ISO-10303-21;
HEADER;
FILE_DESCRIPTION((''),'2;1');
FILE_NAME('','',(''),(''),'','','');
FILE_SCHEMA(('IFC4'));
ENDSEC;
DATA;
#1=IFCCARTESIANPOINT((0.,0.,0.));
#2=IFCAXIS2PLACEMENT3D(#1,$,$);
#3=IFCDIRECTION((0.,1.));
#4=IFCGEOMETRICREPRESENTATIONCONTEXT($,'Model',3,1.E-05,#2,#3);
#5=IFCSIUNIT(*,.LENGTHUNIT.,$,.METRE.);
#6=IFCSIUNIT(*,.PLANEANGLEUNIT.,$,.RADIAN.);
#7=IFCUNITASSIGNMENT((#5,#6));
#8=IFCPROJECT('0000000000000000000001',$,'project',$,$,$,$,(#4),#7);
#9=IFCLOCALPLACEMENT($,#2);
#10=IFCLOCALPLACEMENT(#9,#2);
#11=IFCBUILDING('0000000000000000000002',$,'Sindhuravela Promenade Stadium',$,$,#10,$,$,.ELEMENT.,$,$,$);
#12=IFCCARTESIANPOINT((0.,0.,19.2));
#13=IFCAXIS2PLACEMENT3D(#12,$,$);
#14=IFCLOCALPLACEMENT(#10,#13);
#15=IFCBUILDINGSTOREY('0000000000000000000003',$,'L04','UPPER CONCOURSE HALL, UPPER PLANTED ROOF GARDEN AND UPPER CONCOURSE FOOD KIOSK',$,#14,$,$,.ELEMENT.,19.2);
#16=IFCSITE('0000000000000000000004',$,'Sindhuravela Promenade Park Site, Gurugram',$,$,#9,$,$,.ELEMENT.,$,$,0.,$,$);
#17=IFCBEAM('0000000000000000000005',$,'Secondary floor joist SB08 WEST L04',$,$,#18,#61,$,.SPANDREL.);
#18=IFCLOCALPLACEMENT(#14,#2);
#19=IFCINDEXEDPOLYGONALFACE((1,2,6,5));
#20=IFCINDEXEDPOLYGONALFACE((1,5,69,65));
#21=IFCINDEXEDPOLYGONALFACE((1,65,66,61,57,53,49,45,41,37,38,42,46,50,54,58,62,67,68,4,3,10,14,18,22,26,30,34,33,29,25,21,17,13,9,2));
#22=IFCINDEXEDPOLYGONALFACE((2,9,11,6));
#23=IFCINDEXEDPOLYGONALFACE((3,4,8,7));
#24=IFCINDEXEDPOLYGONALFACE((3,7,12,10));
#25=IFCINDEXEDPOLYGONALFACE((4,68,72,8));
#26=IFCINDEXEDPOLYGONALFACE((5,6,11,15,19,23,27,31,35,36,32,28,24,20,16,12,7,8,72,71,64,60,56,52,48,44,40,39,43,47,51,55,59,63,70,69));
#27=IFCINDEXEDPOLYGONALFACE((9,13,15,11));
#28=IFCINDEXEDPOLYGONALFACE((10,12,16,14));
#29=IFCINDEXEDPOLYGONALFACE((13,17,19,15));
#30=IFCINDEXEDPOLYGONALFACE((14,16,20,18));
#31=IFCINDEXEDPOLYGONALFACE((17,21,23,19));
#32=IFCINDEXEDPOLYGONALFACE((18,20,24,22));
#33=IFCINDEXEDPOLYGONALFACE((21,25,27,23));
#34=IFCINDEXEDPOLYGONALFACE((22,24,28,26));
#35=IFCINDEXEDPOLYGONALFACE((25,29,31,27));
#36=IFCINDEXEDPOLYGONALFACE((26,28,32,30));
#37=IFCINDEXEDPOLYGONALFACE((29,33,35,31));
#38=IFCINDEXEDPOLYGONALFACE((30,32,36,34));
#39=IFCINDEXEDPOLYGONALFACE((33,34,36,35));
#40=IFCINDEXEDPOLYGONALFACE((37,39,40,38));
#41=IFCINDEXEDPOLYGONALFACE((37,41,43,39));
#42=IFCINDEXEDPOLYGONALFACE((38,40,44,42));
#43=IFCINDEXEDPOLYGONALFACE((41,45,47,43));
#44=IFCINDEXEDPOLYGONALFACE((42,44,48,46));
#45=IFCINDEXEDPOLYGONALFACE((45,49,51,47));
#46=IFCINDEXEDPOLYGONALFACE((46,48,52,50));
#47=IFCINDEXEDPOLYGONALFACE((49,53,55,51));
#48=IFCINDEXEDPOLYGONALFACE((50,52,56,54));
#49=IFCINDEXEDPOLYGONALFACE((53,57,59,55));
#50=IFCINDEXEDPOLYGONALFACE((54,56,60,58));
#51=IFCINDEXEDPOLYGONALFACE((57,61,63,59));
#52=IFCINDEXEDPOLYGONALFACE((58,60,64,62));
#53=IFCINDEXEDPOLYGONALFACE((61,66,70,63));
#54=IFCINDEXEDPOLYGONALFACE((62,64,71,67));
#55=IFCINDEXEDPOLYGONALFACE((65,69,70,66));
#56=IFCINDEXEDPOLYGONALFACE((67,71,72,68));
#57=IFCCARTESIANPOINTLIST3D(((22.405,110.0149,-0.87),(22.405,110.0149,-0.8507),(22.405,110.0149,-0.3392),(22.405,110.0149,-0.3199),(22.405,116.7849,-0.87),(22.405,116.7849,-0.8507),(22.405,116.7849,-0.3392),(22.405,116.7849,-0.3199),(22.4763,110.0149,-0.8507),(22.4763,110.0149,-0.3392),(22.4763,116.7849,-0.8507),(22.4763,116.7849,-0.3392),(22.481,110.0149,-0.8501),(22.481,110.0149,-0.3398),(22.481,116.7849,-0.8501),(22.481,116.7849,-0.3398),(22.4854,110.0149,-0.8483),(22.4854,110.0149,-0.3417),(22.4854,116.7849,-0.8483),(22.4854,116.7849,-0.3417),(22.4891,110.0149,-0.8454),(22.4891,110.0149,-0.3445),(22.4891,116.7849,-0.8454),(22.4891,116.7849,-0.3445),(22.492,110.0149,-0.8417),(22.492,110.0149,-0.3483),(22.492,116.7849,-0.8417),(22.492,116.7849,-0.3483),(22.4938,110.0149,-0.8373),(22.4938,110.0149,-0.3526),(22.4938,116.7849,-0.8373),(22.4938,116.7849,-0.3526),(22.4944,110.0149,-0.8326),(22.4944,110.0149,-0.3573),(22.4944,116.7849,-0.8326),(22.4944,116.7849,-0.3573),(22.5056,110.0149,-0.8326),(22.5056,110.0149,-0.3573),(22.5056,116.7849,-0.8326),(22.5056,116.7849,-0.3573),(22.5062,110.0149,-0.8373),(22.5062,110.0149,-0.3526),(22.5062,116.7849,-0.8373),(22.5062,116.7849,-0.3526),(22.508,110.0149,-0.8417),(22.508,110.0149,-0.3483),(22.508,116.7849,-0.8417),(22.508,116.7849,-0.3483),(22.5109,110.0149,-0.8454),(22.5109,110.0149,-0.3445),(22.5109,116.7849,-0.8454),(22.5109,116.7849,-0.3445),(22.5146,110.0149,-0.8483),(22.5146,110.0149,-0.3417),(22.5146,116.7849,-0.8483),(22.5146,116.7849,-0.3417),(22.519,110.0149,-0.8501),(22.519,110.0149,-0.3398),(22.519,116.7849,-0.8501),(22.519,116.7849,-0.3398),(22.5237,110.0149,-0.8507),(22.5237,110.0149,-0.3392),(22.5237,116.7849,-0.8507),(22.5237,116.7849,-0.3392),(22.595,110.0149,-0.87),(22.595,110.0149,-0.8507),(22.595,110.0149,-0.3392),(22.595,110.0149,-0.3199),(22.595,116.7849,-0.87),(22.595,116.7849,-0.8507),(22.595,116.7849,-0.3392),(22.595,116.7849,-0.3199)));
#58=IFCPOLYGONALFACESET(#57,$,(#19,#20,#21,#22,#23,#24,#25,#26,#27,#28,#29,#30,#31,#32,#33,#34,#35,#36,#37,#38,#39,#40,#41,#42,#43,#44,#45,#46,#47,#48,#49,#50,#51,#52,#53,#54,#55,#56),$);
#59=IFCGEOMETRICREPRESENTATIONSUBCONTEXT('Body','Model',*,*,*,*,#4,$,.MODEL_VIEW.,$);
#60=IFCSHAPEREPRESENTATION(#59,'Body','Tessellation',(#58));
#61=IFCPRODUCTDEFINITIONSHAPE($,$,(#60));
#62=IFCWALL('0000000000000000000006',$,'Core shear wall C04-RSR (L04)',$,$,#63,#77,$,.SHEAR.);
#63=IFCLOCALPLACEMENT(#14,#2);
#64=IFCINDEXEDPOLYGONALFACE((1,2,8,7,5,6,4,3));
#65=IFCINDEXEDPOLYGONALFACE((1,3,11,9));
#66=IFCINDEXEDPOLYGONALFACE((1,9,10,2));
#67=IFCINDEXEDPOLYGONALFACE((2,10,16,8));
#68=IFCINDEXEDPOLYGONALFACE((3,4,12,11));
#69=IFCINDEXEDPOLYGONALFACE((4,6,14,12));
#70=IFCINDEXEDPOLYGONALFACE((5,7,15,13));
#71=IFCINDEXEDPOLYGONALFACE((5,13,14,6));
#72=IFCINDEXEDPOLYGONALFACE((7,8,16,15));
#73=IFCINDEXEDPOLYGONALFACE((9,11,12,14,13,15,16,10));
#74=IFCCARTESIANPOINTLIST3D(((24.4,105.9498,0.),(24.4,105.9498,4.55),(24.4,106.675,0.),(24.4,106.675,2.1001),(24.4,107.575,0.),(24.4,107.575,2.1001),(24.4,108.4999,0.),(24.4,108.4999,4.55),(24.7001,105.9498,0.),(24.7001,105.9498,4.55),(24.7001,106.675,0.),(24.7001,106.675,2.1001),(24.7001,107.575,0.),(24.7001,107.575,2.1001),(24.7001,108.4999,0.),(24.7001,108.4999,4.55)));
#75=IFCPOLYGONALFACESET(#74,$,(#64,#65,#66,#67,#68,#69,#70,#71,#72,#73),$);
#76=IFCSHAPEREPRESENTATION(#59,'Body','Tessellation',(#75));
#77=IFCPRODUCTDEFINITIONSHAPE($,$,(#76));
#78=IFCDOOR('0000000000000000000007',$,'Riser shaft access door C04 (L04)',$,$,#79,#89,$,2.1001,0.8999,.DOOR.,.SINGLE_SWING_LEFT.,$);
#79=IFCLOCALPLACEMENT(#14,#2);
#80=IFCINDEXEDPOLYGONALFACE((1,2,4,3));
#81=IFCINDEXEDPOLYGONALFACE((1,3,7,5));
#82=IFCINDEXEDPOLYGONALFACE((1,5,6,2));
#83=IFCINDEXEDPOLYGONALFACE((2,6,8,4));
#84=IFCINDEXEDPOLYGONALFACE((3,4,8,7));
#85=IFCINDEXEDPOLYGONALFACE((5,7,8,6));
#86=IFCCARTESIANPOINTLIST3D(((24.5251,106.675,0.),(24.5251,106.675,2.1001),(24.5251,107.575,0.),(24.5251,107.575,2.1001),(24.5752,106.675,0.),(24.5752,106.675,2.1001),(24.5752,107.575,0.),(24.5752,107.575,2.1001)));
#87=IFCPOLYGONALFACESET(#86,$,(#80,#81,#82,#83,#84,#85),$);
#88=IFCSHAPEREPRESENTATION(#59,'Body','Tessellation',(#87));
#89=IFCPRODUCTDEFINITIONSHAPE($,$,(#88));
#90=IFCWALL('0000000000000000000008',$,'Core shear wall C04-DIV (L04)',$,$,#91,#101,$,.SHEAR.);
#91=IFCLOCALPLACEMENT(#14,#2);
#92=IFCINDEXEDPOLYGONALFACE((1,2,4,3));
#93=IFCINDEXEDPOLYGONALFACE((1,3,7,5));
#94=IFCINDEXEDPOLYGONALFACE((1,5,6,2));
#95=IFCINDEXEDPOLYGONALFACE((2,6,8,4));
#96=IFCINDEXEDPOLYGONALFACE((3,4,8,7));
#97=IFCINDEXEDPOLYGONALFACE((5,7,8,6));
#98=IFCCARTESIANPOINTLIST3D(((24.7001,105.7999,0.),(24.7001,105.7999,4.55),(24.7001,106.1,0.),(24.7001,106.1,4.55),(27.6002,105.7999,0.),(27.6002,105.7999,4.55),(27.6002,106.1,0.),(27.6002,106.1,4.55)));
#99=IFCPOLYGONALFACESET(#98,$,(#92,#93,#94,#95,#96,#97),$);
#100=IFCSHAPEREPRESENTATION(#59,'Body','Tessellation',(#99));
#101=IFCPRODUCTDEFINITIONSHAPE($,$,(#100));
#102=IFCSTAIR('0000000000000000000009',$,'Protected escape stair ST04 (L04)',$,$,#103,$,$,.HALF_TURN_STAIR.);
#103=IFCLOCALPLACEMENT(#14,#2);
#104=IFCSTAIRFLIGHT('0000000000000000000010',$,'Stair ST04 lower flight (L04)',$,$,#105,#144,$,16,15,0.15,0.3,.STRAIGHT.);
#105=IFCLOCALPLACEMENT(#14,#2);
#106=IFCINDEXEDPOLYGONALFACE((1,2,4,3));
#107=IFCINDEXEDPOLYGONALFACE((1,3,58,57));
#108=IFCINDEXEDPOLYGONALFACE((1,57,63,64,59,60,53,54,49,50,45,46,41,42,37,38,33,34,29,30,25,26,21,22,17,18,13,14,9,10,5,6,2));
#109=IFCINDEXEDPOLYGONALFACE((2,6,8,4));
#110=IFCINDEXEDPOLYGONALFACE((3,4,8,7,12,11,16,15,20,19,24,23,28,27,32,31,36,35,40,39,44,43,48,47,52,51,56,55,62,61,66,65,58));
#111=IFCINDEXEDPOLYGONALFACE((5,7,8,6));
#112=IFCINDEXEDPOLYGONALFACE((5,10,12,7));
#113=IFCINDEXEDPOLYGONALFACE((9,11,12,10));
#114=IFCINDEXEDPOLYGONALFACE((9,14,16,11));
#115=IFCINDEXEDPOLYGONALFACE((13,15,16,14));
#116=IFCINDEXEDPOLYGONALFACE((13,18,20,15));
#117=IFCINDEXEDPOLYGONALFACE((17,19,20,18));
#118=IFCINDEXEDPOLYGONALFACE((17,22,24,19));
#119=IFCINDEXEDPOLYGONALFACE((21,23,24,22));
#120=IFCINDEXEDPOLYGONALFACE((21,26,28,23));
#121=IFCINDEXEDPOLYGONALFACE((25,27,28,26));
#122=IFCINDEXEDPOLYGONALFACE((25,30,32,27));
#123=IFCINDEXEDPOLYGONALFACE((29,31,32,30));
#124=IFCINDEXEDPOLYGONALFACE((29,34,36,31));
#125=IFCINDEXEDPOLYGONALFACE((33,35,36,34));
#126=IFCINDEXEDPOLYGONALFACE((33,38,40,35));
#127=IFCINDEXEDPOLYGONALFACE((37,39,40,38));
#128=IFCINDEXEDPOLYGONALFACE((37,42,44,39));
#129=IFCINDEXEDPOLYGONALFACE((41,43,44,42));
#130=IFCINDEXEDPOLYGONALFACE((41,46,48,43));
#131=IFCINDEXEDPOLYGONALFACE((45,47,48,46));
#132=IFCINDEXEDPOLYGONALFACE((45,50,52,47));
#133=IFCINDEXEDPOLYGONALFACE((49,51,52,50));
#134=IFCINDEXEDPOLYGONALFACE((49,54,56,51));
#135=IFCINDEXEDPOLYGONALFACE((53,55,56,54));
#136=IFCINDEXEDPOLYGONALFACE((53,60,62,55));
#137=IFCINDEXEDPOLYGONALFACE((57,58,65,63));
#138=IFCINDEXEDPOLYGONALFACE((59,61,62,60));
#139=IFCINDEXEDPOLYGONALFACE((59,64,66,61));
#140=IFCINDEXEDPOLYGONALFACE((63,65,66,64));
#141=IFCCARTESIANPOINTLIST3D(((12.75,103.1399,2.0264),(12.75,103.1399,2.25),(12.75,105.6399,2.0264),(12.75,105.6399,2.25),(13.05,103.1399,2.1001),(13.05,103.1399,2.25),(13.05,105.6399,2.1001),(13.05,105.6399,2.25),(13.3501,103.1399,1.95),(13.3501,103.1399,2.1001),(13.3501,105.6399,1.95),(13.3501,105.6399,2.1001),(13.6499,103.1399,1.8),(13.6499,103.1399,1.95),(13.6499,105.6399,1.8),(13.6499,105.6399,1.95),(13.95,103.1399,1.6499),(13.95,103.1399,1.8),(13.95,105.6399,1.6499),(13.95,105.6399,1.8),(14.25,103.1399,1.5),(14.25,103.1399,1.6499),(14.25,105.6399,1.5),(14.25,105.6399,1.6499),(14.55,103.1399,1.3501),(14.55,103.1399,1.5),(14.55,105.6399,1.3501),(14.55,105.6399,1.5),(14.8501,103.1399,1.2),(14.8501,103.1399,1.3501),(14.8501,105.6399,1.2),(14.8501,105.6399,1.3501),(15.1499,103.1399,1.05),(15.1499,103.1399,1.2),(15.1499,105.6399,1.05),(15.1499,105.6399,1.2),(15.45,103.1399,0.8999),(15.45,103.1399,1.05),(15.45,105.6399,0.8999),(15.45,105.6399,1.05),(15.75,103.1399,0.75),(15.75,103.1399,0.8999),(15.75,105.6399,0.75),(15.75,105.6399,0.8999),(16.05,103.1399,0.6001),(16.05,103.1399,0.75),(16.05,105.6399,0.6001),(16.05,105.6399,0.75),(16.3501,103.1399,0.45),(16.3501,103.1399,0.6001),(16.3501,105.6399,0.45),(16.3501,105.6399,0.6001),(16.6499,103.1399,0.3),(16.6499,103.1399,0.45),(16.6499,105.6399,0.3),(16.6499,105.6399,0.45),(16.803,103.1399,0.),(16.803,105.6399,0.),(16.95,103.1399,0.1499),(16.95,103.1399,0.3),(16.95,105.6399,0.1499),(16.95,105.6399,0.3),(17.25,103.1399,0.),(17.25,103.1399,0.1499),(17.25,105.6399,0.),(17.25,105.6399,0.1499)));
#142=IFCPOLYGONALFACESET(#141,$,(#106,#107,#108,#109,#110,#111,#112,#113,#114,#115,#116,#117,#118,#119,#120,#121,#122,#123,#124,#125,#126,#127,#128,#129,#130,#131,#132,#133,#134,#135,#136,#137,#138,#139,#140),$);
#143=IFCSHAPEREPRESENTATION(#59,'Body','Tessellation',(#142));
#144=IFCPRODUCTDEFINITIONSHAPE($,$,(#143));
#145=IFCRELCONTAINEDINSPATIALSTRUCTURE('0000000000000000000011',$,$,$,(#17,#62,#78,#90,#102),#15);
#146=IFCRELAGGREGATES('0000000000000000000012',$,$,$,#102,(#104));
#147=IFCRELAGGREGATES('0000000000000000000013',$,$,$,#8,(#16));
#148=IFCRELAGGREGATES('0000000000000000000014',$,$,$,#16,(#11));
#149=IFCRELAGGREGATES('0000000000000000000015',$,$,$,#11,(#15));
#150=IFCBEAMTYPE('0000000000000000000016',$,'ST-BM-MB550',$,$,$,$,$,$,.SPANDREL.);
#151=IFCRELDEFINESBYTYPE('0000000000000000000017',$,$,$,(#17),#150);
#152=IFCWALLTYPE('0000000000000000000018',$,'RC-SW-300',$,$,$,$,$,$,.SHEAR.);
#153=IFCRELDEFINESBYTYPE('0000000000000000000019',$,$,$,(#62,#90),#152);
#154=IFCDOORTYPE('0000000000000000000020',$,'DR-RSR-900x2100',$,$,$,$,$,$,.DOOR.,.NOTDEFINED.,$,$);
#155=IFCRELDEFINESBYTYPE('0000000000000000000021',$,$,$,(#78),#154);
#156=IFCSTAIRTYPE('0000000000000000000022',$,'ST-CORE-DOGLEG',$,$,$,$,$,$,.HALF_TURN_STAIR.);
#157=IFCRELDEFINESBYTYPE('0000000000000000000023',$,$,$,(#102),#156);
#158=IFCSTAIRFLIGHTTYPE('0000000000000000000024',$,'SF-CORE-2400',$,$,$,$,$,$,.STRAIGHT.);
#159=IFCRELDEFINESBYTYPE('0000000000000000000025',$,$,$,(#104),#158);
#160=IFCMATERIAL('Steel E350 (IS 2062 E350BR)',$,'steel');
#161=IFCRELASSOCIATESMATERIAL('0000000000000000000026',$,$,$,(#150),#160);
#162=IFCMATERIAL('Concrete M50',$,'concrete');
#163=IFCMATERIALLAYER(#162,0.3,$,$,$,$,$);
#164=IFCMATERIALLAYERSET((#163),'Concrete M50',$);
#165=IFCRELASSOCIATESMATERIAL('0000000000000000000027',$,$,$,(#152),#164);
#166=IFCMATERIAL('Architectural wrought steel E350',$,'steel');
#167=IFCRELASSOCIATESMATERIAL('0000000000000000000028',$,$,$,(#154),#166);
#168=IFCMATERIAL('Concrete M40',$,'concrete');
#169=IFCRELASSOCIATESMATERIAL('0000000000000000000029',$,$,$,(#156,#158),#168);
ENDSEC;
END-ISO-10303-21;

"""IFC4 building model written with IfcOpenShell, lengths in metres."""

from ifc_helpers import new_model, si_unit, direction, frame, frame_2d, origin, origin_2d, place, context, subcontext, project, spatial, polyline, rectangle, i_section, outline, extrude, material, layer, layer_set, material_profile, profile_set, type_object, element, fill, aggregate, save


model = new_model("IFC4")

# Units and contexts
model_context = context("Model", 3, precision=1e-05, world=origin(), true_north=direction((0.0, 1.0)))
body_context = subcontext(model_context, "Body", "Model", "MODEL_VIEW")
ifc_project = project(units=[si_unit("LENGTHUNIT", "METRE"), si_unit("PLANEANGLEUNIT", "RADIAN")], contexts=[model_context])

# Site, building, storey
site_placement = place(None, origin())
site = spatial("IfcSite", under=ifc_project, at=site_placement, Name="Sindhuravela Promenade Park Site, Gurugram", CompositionType="ELEMENT", RefElevation=0.0)
building_placement = place(site_placement, origin())
building = spatial("IfcBuilding", under=site, at=building_placement, Name="Sindhuravela Promenade Stadium", CompositionType="ELEMENT")
storey_placement = place(building_placement, frame((0.0, 0.0, 19.2)))
storey = spatial("IfcBuildingStorey", under=building, at=storey_placement, Name="L04", Description="UPPER CONCOURSE HALL, UPPER PLANTED ROOF GARDEN AND UPPER CONCOURSE FOOD KIOSK", CompositionType="ELEMENT", Elevation=19.2)

# Shared definitions
ifc_material_1 = material(Name="Concrete M40", Category="concrete")

# Beam
ifc_material_2 = material(Name="Concrete M50", Category="concrete")
ifc_material_3 = material(Name="Steel E350 (IS 2062 E350BR)", Category="steel")
ifc_material_profile_1 = material_profile(ifc_material_3, i_section(OverallWidth=0.1899, OverallDepth=0.55, WebThickness=0.0112, FlangeThickness=0.0193, FilletRadius=0.0181, at=origin_2d()), Name="ISMB 550")
ifc_profile_set_1 = profile_set([ifc_material_profile_1], Name="Steel E350 (IS 2062 E350BR)")
beam_type_1 = type_object("IfcBeamType", Name="ST-BM-MB550", PredefinedType="SPANDREL", material=ifc_profile_set_1)
beam_1_placement = place(storey_placement, frame((22.5, 110.0149, -0.595), z_axis=(0.0, 1.0, 0.0), x_axis=(-1.0, 0.0, 0.0)))
element("IfcBeam", 1, at=beam_1_placement, inside=storey, type_object=beam_type_1, Name="Secondary floor joist SB08 WEST L04", PredefinedType="SPANDREL", context=body_context, shape_type="SweptSolid", body=[
    extrude(i_section(OverallWidth=0.1899, OverallDepth=0.55, WebThickness=0.0112, FlangeThickness=0.0193, FilletRadius=0.0181, at=origin_2d()), origin(), (0.0, 0.0, 1.0), 6.77),
])

# Wall, opening, door
ifc_layer = layer(ifc_material_2, 0.3)
ifc_layer_set = layer_set([ifc_layer], Name="Concrete M50")
wall_type = type_object("IfcWallType", Name="RC-SW-300", PredefinedType="SHEAR", material=ifc_layer_set)
wall_1_placement = place(storey_placement, frame((24.55, 105.95, 0.0), z_axis=(0.0, 0.0, 1.0), x_axis=(0.0, 1.0, 0.0)))
wall_1 = element("IfcWall", 2, at=wall_1_placement, inside=storey, type_object=wall_type, Name="Core shear wall C04-RSR (L04)", PredefinedType="SHEAR", context=body_context, shape_type="SweptSolid", body=[
    extrude(rectangle(XDim=2.55, YDim=0.3, at=frame_2d((1.2749, 0.0))), origin(), (0.0, 0.0, 1.0), 4.55),
])
opening_placement = place(wall_1_placement, frame((0.7251, 0.0, 0.0)))
opening = element("IfcOpeningElement", 3, at=opening_placement, cuts=wall_1, PredefinedType="OPENING", context=body_context, shape_type="SweptSolid", body=[
    extrude(rectangle(XDim=0.8999, YDim=2.1001, at=frame_2d((0.45, 1.05))), frame((0.0, 0.1599, 0.0), z_axis=(0.0, -1.0, 0.0), x_axis=(1.0, 0.0, 0.0)), (0.0, 0.0, 1.0), 0.3201),
])
ifc_material_4 = material(Name="Architectural wrought steel E350", Category="steel")
door_type = type_object("IfcDoorType", Name="DR-RSR-900x2100", OperationType="NOTDEFINED", PredefinedType="DOOR", material=ifc_material_4)
door_placement = place(opening_placement, origin())
door = element("IfcDoor", 4, at=door_placement, inside=storey, type_object=door_type, Name="Riser shaft access door C04 (L04)", OperationType="SINGLE_SWING_LEFT", OverallHeight=2.1001, OverallWidth=0.8999, PredefinedType="DOOR", context=body_context, shape_type="SweptSolid", body=[
    extrude(rectangle(XDim=0.8999, YDim=2.1001, at=frame_2d((0.45, 1.05))), frame((0.0, 0.0249, 0.0), z_axis=(0.0, -1.0, 0.0), x_axis=(1.0, 0.0, 0.0)), (0.0, 0.0, 1.0), 0.05),
])
fill(opening, door)

# Wall
wall_2_placement = place(storey_placement, frame((24.7, 105.95, 0.0), z_axis=(0.0, 0.0, 1.0), x_axis=(1.0, 0.0, 0.0)))
element("IfcWall", 5, at=wall_2_placement, inside=storey, type_object=wall_type, Name="Core shear wall C04-DIV (L04)", PredefinedType="SHEAR", context=body_context, shape_type="SweptSolid", body=[
    extrude(rectangle(XDim=2.9001, YDim=0.3, at=frame_2d((1.4502, 0.0))), origin(), (0.0, 0.0, 1.0), 4.55),
])

# Stair, stair flight
stair_type = type_object("IfcStairType", Name="ST-CORE-DOGLEG", PredefinedType="HALF_TURN_STAIR", material=ifc_material_1)
stair_placement = place(storey_placement, origin())
stair = element("IfcStair", 6, at=stair_placement, inside=storey, type_object=stair_type, Name="Protected escape stair ST04 (L04)", PredefinedType="HALF_TURN_STAIR")
stair_flight_type = type_object("IfcStairFlightType", Name="SF-CORE-2400", PredefinedType="STRAIGHT", material=ifc_material_1)
stair_flight_placement = place(storey_placement, frame((17.25, 104.3899, 0.0), z_axis=(0.0, 0.0, 1.0), x_axis=(-1.0, 0.0, 0.0)))
stair_flight = element("IfcStairFlight", 7, at=stair_flight_placement, type_object=stair_flight_type, Name="Stair ST04 lower flight (L04)", NumberOfRisers=16, NumberOfTreads=15, PredefinedType="STRAIGHT", RiserHeight=0.15, TreadLength=0.3, context=body_context, shape_type="SweptSolid", body=[
    extrude(outline(polyline([(0.0, 0.0), (0.0, 0.1499), (0.3, 0.1499), (0.3, 0.3), (0.6001, 0.3), (0.6001, 0.45), (0.8999, 0.45), (0.8999, 0.6001), (1.2, 0.6001), (1.2, 0.75), (1.5, 0.75), (1.5, 0.8999), (1.8, 0.8999), (1.8, 1.05), (2.1001, 1.05), (2.1001, 1.2), (2.3999, 1.2), (2.3999, 1.3501), (2.7, 1.3501), (2.7, 1.5), (3.0, 1.5), (3.0, 1.6499), (3.3, 1.6499), (3.3, 1.8), (3.6001, 1.8), (3.6001, 1.95), (3.8999, 1.95), (3.8999, 2.1001), (4.2, 2.1001), (4.2, 2.25), (4.5, 2.25), (4.5, 2.3999), (4.5, 2.0264), (0.447, 0.0), (0.0, 0.0)])), frame((0.0, 1.25, 0.0), z_axis=(0.0, -1.0, 0.0), x_axis=(1.0, 0.0, 0.0)), (0.0, 0.0, 1.0), 2.5),
])
aggregate(stair, [stair_flight])

save(model, "model.ifc")
